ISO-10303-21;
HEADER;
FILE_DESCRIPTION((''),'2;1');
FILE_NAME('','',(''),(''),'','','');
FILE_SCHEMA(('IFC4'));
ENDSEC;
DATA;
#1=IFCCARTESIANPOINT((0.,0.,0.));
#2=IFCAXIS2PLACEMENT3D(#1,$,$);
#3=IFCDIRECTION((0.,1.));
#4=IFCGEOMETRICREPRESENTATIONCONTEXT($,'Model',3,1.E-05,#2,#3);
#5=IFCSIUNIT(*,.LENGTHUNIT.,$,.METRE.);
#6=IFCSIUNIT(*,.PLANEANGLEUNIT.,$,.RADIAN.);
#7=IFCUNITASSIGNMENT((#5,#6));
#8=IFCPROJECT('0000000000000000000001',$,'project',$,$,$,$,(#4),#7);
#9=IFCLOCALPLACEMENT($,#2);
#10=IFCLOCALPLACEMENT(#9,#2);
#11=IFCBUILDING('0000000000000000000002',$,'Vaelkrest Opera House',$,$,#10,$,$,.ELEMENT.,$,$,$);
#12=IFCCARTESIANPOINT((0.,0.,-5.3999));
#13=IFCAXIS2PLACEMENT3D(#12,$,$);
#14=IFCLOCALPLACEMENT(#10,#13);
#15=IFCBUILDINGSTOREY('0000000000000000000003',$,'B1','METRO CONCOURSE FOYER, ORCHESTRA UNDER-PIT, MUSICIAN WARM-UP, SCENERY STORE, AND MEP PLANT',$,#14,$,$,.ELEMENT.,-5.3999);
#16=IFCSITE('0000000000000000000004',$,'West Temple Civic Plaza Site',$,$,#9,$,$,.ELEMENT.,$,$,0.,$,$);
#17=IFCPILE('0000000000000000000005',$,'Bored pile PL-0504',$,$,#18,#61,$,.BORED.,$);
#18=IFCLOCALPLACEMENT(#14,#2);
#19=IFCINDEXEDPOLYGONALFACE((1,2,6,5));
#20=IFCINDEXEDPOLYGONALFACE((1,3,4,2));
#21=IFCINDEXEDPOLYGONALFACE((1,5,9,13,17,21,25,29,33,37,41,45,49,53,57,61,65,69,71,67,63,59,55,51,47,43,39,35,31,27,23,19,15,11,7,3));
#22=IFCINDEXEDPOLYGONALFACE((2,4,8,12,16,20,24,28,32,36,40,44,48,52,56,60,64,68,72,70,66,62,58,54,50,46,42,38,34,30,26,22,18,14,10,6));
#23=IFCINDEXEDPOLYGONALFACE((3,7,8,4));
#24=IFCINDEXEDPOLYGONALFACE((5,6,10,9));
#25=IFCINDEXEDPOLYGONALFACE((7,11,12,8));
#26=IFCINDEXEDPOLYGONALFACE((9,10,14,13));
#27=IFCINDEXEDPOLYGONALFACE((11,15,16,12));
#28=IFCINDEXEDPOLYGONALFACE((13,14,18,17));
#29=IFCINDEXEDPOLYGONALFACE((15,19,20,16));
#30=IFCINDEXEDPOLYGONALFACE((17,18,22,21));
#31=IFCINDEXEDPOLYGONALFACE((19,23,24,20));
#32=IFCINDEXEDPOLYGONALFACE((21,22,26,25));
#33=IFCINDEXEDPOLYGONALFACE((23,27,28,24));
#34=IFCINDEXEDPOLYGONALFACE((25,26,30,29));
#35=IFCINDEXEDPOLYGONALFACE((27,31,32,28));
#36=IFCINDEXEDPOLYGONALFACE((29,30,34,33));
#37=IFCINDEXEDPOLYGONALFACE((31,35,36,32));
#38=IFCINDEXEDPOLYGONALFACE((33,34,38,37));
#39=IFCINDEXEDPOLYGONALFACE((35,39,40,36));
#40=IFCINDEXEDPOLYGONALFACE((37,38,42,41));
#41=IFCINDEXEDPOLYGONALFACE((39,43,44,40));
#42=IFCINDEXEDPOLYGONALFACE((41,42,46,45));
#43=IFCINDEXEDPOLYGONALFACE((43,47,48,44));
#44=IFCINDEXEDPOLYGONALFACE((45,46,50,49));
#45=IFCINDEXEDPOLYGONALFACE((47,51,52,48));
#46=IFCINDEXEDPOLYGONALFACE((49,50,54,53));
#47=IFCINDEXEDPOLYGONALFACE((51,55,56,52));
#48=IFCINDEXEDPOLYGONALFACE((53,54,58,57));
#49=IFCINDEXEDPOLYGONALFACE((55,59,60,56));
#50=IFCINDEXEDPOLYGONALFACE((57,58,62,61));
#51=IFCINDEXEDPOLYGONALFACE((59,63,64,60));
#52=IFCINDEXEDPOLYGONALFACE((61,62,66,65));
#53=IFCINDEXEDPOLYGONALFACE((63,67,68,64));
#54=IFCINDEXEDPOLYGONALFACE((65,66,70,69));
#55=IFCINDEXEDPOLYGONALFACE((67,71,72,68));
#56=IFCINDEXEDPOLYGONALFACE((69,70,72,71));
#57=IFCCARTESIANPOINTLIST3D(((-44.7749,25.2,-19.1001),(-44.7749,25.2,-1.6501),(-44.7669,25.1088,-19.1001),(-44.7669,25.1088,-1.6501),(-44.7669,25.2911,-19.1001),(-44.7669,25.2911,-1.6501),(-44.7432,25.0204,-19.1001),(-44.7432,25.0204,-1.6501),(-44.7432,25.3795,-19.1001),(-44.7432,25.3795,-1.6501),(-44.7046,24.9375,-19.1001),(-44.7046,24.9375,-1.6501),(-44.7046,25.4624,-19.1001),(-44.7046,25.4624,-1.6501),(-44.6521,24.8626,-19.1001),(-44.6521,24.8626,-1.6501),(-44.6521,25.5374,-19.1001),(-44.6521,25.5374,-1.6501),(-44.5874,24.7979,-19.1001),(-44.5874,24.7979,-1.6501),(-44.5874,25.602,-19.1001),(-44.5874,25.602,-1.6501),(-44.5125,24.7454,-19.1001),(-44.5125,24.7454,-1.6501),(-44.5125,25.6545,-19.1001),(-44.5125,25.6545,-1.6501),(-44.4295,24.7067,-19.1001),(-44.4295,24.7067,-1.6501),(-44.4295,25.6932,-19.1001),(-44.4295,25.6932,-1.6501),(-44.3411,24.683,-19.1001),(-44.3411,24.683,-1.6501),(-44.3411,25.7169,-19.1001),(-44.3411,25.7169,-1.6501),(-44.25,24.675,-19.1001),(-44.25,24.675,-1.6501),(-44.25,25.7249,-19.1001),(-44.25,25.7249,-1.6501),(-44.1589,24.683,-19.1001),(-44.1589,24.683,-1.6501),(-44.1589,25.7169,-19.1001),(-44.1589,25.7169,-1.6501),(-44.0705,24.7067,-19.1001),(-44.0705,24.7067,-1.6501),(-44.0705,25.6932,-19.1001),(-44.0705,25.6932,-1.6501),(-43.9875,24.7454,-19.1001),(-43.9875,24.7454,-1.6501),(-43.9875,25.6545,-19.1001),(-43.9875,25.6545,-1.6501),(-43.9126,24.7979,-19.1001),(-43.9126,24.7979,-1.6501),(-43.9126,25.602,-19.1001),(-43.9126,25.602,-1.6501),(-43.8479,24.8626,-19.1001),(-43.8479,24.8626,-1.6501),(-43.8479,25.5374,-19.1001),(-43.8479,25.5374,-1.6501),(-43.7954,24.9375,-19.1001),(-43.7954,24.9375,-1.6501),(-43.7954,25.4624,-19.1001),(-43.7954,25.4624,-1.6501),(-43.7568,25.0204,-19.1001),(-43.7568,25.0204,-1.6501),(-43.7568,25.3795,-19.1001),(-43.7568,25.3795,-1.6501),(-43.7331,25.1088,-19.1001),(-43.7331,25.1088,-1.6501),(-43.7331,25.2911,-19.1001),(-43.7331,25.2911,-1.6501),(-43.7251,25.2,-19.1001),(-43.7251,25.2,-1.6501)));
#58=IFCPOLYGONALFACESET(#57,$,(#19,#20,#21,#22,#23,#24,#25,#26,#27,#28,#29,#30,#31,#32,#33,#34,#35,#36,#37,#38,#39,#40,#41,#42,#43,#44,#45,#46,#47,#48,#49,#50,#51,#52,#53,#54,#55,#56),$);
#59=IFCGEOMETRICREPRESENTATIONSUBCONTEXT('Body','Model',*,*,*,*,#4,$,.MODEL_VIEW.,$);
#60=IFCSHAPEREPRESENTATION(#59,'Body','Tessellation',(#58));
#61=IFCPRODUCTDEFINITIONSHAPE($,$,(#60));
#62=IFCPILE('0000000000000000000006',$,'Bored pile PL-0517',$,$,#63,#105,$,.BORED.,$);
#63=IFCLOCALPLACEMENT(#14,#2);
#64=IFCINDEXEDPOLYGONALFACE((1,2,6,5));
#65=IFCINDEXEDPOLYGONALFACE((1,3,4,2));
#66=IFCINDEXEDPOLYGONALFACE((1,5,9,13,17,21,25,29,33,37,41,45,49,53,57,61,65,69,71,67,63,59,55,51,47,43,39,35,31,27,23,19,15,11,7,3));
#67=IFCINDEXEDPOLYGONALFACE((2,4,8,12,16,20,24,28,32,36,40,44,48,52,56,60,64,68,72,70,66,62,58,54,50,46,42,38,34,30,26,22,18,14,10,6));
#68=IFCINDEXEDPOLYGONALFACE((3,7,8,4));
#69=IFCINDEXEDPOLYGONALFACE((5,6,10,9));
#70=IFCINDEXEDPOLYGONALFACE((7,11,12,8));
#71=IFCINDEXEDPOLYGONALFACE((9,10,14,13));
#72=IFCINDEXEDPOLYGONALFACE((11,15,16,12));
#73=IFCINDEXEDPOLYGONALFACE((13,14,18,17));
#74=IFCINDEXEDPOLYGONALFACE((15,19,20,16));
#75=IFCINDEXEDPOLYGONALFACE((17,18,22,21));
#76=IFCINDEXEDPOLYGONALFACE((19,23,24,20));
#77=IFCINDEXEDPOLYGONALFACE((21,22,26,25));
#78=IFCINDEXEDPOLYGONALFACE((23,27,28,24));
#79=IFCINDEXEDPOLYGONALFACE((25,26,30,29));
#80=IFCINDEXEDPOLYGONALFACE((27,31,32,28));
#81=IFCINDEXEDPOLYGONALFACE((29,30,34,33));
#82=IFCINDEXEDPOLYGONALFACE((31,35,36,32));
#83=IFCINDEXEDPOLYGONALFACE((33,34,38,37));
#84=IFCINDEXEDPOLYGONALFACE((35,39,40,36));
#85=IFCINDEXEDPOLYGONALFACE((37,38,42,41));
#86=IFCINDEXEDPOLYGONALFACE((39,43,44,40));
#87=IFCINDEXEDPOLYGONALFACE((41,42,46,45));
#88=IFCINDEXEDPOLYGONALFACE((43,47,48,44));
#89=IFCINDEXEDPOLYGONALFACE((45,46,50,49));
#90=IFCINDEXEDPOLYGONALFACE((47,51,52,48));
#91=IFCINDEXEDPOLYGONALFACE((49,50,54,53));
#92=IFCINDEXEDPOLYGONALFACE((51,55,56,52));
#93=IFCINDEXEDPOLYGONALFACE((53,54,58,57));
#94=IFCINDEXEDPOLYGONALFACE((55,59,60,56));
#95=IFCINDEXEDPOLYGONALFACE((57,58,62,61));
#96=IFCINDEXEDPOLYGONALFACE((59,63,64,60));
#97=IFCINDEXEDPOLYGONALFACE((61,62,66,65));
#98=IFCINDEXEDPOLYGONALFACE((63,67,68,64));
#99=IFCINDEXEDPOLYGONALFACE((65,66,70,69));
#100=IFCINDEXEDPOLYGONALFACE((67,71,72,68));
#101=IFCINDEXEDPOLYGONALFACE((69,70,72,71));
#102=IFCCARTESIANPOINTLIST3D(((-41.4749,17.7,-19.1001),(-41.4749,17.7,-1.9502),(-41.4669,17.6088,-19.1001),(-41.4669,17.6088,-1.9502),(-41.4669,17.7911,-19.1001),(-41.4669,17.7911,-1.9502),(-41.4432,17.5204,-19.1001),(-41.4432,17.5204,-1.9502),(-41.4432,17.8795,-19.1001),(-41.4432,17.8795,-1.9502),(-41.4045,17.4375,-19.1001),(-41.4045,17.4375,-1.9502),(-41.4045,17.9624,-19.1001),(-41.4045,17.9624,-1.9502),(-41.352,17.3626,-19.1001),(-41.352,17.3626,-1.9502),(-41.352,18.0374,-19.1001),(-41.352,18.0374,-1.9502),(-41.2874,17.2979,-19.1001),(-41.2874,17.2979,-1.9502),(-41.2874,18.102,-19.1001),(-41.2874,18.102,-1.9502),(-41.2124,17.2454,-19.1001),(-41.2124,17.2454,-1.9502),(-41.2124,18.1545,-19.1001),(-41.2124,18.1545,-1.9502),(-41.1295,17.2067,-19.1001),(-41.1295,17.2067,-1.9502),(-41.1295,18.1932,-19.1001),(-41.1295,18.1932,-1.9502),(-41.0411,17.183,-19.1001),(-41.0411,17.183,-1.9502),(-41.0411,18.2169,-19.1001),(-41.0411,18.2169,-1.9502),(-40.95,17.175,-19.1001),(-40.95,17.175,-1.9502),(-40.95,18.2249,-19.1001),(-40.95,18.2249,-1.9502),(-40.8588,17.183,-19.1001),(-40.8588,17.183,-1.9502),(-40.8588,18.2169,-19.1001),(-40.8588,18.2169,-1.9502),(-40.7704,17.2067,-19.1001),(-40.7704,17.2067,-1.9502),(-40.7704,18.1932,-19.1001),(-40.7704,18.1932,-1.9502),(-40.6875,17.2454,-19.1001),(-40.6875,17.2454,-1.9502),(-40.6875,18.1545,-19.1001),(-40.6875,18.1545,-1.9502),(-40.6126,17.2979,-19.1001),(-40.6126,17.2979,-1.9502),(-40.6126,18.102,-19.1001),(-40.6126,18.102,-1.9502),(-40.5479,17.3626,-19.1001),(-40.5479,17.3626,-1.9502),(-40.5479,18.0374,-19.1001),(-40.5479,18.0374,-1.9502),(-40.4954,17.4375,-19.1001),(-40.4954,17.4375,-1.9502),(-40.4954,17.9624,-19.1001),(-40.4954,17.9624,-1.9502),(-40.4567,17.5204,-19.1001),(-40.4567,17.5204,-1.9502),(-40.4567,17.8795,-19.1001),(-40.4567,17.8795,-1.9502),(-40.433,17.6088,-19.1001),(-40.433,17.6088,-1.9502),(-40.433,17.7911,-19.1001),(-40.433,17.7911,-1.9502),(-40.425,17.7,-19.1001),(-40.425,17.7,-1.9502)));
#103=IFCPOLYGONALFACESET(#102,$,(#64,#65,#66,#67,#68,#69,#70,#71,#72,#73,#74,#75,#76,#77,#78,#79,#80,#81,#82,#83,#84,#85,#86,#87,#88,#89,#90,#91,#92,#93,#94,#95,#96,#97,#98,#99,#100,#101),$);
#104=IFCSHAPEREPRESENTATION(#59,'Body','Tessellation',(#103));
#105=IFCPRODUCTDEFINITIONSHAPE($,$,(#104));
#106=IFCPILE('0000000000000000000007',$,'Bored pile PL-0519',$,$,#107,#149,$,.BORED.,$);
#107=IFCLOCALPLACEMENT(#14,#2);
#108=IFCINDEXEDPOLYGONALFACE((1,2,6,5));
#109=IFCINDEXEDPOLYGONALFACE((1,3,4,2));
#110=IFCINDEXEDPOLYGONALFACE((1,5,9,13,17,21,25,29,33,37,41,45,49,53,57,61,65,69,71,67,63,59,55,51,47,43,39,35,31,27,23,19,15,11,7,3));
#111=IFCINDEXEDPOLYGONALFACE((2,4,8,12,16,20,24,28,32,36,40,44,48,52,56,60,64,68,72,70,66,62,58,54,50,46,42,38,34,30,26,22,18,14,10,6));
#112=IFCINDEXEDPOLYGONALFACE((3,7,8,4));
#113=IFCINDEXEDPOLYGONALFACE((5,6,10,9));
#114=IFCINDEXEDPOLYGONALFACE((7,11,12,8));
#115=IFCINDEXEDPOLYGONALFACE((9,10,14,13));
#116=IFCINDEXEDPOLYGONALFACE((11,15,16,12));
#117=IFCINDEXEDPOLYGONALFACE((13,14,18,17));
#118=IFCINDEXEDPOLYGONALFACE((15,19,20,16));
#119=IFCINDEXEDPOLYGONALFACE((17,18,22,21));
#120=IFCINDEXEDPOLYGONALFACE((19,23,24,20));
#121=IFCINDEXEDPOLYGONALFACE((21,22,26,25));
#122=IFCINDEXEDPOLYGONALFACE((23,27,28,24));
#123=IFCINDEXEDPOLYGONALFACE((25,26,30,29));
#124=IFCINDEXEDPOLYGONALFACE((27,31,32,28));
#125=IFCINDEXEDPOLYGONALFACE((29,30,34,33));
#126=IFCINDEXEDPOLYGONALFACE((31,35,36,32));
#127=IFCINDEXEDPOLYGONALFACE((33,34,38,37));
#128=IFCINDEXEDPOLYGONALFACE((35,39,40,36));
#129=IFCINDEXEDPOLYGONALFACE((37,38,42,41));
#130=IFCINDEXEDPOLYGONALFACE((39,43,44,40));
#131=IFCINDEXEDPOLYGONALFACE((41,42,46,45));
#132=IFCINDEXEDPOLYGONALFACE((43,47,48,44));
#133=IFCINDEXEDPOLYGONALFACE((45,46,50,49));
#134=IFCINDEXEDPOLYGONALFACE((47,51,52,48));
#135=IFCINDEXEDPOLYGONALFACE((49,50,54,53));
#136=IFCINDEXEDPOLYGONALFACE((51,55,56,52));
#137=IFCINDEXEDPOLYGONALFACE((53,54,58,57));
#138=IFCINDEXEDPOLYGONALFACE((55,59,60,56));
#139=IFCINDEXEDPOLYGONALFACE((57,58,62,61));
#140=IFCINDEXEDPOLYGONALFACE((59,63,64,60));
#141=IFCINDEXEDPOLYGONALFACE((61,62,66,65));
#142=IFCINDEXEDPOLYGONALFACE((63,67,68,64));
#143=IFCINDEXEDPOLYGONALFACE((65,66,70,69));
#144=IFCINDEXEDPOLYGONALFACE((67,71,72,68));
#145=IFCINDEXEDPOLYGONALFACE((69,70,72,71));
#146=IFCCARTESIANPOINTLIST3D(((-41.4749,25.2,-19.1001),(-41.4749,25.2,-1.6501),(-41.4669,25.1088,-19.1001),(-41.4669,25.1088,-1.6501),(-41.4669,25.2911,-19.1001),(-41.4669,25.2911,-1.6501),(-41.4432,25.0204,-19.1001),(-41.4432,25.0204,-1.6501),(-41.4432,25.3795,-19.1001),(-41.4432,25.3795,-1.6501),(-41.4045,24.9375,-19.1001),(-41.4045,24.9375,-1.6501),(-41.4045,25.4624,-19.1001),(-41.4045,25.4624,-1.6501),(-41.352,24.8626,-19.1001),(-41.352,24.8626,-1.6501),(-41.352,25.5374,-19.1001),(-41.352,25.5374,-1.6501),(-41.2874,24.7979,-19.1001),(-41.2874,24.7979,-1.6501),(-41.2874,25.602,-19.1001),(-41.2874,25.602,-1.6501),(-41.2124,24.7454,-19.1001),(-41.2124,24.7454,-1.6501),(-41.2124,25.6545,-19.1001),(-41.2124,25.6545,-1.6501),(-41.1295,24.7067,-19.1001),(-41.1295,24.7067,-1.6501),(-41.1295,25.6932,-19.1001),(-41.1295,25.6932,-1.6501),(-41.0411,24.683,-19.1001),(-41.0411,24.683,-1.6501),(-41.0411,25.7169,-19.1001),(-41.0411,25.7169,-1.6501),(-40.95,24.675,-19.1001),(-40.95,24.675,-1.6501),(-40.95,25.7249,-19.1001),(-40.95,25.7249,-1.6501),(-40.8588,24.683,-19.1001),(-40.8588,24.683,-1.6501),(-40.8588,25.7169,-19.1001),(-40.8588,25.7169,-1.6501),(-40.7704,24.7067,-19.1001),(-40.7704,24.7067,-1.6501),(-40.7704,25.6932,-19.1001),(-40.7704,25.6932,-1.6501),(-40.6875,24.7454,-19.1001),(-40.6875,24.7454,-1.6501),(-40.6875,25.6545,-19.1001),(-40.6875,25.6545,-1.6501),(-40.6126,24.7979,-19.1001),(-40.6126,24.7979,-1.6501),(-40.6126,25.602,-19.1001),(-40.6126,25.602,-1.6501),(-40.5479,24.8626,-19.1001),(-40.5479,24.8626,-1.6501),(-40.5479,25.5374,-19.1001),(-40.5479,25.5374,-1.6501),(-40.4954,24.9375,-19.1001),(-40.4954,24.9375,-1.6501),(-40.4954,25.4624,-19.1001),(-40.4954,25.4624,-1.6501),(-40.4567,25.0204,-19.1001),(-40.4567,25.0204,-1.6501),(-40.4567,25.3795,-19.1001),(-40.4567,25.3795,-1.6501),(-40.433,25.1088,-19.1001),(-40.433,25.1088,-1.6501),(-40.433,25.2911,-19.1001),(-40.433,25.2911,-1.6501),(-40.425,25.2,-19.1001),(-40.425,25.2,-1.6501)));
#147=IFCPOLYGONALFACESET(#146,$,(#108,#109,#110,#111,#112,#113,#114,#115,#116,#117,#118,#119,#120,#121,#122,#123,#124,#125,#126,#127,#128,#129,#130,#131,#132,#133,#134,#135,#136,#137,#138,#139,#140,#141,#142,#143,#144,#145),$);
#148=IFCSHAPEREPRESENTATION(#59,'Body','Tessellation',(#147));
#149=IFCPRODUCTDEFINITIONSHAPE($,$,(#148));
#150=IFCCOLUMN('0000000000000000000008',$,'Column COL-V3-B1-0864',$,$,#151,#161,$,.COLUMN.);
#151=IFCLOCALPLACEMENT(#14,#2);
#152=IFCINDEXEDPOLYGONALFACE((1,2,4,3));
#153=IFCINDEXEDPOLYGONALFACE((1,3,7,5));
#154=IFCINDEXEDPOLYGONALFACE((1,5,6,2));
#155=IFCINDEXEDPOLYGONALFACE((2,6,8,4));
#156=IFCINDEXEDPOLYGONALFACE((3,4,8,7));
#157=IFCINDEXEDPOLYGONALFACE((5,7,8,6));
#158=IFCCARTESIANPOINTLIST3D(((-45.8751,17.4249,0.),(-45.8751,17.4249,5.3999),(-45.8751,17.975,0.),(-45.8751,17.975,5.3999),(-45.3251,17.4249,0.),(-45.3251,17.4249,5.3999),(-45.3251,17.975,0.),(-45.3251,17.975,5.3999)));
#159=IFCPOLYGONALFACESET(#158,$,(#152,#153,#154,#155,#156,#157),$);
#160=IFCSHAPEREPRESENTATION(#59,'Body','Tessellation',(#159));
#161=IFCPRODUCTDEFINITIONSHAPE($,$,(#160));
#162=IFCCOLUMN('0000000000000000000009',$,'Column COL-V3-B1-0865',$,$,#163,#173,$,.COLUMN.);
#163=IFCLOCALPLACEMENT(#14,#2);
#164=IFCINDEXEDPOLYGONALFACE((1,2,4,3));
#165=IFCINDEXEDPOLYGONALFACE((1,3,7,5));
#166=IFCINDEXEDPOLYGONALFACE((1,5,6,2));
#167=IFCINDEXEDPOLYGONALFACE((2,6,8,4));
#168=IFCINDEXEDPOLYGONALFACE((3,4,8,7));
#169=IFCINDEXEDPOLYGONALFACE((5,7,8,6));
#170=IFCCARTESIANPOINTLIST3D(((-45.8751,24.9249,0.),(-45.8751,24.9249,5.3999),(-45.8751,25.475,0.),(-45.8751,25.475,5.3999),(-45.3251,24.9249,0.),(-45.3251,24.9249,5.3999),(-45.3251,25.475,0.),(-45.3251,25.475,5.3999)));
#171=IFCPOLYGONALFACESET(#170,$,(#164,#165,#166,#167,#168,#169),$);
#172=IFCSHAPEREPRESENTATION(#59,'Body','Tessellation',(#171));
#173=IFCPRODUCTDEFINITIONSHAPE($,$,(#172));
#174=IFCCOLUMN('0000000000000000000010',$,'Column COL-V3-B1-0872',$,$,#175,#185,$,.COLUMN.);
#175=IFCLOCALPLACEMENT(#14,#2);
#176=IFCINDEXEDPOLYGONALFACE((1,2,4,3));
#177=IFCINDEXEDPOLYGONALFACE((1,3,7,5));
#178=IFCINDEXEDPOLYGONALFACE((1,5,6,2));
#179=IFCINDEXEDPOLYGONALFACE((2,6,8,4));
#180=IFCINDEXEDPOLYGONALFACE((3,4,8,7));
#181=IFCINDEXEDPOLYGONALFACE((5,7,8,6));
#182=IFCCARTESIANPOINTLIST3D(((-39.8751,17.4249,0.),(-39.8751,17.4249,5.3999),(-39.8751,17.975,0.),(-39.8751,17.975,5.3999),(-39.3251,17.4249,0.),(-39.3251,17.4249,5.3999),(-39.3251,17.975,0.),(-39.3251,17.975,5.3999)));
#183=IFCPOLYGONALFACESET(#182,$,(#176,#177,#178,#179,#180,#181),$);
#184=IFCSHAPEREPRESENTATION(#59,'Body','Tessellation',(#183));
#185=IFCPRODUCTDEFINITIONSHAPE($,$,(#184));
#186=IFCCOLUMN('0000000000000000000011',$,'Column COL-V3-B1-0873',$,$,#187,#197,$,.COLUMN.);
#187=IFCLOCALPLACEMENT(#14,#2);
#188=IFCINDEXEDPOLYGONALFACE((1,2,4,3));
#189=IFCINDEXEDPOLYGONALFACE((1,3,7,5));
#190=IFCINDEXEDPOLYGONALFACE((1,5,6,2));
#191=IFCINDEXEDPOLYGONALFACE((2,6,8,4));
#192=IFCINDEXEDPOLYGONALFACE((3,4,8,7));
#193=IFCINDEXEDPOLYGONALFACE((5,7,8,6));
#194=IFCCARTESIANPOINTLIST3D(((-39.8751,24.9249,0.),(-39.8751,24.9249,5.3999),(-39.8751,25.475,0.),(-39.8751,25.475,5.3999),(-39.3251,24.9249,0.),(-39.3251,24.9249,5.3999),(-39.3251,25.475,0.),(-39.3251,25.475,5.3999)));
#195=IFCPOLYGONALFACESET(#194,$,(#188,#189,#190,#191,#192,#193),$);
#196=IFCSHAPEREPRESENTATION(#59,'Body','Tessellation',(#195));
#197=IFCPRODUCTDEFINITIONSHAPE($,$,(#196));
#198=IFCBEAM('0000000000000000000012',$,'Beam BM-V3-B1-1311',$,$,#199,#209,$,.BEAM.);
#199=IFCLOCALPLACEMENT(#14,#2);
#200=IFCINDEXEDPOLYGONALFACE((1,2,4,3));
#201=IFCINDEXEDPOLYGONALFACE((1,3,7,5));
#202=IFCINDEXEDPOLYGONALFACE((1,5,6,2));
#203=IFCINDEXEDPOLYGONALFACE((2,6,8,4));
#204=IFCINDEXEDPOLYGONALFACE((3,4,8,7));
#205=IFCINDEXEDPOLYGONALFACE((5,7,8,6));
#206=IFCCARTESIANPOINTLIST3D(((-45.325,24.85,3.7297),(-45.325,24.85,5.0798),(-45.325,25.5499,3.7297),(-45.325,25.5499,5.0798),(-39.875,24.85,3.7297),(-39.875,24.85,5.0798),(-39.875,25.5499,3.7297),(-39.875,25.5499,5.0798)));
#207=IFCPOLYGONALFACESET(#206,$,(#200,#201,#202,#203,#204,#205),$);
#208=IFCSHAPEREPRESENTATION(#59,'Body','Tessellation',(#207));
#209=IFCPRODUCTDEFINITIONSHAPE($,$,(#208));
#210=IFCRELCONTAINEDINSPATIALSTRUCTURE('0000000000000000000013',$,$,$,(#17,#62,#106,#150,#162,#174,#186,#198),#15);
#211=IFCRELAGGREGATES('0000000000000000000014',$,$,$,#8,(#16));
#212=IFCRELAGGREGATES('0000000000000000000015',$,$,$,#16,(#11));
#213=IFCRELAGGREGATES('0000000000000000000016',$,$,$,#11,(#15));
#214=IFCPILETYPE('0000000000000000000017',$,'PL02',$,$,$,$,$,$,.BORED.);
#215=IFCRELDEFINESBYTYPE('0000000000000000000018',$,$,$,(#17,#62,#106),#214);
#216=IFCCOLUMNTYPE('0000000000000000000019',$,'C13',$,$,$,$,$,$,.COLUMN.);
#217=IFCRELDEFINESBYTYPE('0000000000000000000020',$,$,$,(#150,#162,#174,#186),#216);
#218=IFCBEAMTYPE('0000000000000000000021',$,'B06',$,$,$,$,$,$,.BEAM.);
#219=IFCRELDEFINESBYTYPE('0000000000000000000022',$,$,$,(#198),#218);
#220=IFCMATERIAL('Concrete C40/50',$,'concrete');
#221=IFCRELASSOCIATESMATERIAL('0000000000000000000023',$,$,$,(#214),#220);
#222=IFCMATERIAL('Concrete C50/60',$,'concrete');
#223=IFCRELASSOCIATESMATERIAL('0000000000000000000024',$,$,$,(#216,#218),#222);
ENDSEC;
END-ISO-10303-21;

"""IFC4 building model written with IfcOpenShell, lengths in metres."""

from ifc_helpers import new_model, si_unit, direction, frame, origin, origin_2d, place, context, subcontext, project, spatial, rectangle, circle, extrude, material, material_profile, profile_set, type_object, element, save


model = new_model("IFC4")

# Units and contexts
model_context = context("Model", 3, precision=1e-05, world=origin(), true_north=direction((0.0, 1.0)))
body_context = subcontext(model_context, "Body", "Model", "MODEL_VIEW")
ifc_project = project(units=[si_unit("LENGTHUNIT", "METRE"), si_unit("PLANEANGLEUNIT", "RADIAN")], contexts=[model_context])

# Site, building, storey
site_placement = place(None, origin())
site = spatial("IfcSite", under=ifc_project, at=site_placement, Name="West Temple Civic Plaza Site", CompositionType="ELEMENT", RefElevation=0.0)
building_placement = place(site_placement, origin())
building = spatial("IfcBuilding", under=site, at=building_placement, Name="Vaelkrest Opera House", CompositionType="ELEMENT")
storey_placement = place(building_placement, frame((0.0, 0.0, -5.3999)))
storey = spatial("IfcBuildingStorey", under=building, at=storey_placement, Name="B1", Description="METRO CONCOURSE FOYER, ORCHESTRA UNDER-PIT, MUSICIAN WARM-UP, SCENERY STORE, AND MEP PLANT", CompositionType="ELEMENT", Elevation=-5.3999)

# Shared definitions
ifc_material_1 = material(Name="Concrete C40/50", Category="concrete")

# Piles
ifc_material_profile_1 = material_profile(ifc_material_1, circle(Radius=0.5249, at=origin_2d()), Name="PILE1050")
ifc_profile_set_1 = profile_set([ifc_material_profile_1], Name="Concrete C40/50")
pile_type = type_object("IfcPileType", Name="PL02", PredefinedType="BORED", material=ifc_profile_set_1)
for number, where, z_axis, x_axis, name in (
    (1, (-44.25, 25.2, -1.6501), (0.0, 0.0, -1.0), (1.0, 0.0, 0.0), "Bored pile PL-0504"),
):
    element("IfcPile", number, at=place(storey_placement, frame(where, z_axis=z_axis, x_axis=x_axis)), inside=storey, type_object=pile_type, Name=name, PredefinedType="BORED", context=body_context, shape_type="SweptSolid", body=[
        extrude(circle(Radius=0.5249, at=origin_2d()), origin(), (0.0, 0.0, 1.0), 17.45),
    ])
pile_1_placement = place(storey_placement, frame((-40.95, 17.7, -1.9502), z_axis=(0.0, 0.0, -1.0), x_axis=(1.0, 0.0, 0.0)))
element("IfcPile", 2, at=pile_1_placement, inside=storey, type_object=pile_type, Name="Bored pile PL-0517", PredefinedType="BORED", context=body_context, shape_type="SweptSolid", body=[
    extrude(circle(Radius=0.5249, at=origin_2d()), origin(), (0.0, 0.0, 1.0), 17.1499),
])
pile_2_placement = place(storey_placement, frame((-40.95, 25.2, -1.6501), z_axis=(0.0, 0.0, -1.0), x_axis=(1.0, 0.0, 0.0)))
element("IfcPile", 3, at=pile_2_placement, inside=storey, type_object=pile_type, Name="Bored pile PL-0519", PredefinedType="BORED", context=body_context, shape_type="SweptSolid", body=[
    extrude(circle(Radius=0.5249, at=origin_2d()), origin(), (0.0, 0.0, 1.0), 17.45),
])

# Columns
ifc_material_2 = material(Name="Concrete C50/60", Category="concrete")
ifc_material_profile_2 = material_profile(ifc_material_2, rectangle(XDim=0.55, YDim=0.55, at=origin_2d()), Name="RC550X550")
ifc_profile_set_2 = profile_set([ifc_material_profile_2], Name="Concrete C50/60")
column_type = type_object("IfcColumnType", Name="C13", PredefinedType="COLUMN", material=ifc_profile_set_2)
for number, where, z_axis, x_axis, name in (
    (4, (-45.6001, 17.7, 0.0), (0.0, 0.0, 1.0), (1.0, 0.0, 0.0), "Column COL-V3-B1-0864"),
    (5, (-45.6001, 25.2, 0.0), (0.0, 0.0, 1.0), (1.0, 0.0, 0.0), "Column COL-V3-B1-0865"),
    (6, (-39.6001, 17.7, 0.0), (0.0, 0.0, 1.0), (1.0, 0.0, 0.0), "Column COL-V3-B1-0872"),
    (7, (-39.6001, 25.2, 0.0), (0.0, 0.0, 1.0), (1.0, 0.0, 0.0), "Column COL-V3-B1-0873"),
):
    element("IfcColumn", number, at=place(storey_placement, frame(where, z_axis=z_axis, x_axis=x_axis)), inside=storey, type_object=column_type, Name=name, PredefinedType="COLUMN", context=body_context, shape_type="SweptSolid", body=[
        extrude(rectangle(XDim=0.55, YDim=0.55, at=origin_2d()), origin(), (0.0, 0.0, 1.0), 5.3999),
    ])

# Beam
ifc_material_profile_3 = material_profile(ifc_material_2, rectangle(XDim=0.7, YDim=1.3501, at=origin_2d()), Name="RCB700X1350")
ifc_profile_set_3 = profile_set([ifc_material_profile_3], Name="Concrete C50/60")
beam_type_1 = type_object("IfcBeamType", Name="B06", PredefinedType="BEAM", material=ifc_profile_set_3)
beam_1_placement = place(storey_placement, frame((-45.325, 25.2, 4.4048), z_axis=(1.0, 0.0, 0.0), x_axis=(0.0, 1.0, 0.0)))
element("IfcBeam", 8, at=beam_1_placement, inside=storey, type_object=beam_type_1, Name="Beam BM-V3-B1-1311", PredefinedType="BEAM", context=body_context, shape_type="SweptSolid", body=[
    extrude(rectangle(XDim=0.7, YDim=1.3501, at=origin_2d()), origin(), (0.0, 0.0, 1.0), 5.45),
])

save(model, "model.ifc")
